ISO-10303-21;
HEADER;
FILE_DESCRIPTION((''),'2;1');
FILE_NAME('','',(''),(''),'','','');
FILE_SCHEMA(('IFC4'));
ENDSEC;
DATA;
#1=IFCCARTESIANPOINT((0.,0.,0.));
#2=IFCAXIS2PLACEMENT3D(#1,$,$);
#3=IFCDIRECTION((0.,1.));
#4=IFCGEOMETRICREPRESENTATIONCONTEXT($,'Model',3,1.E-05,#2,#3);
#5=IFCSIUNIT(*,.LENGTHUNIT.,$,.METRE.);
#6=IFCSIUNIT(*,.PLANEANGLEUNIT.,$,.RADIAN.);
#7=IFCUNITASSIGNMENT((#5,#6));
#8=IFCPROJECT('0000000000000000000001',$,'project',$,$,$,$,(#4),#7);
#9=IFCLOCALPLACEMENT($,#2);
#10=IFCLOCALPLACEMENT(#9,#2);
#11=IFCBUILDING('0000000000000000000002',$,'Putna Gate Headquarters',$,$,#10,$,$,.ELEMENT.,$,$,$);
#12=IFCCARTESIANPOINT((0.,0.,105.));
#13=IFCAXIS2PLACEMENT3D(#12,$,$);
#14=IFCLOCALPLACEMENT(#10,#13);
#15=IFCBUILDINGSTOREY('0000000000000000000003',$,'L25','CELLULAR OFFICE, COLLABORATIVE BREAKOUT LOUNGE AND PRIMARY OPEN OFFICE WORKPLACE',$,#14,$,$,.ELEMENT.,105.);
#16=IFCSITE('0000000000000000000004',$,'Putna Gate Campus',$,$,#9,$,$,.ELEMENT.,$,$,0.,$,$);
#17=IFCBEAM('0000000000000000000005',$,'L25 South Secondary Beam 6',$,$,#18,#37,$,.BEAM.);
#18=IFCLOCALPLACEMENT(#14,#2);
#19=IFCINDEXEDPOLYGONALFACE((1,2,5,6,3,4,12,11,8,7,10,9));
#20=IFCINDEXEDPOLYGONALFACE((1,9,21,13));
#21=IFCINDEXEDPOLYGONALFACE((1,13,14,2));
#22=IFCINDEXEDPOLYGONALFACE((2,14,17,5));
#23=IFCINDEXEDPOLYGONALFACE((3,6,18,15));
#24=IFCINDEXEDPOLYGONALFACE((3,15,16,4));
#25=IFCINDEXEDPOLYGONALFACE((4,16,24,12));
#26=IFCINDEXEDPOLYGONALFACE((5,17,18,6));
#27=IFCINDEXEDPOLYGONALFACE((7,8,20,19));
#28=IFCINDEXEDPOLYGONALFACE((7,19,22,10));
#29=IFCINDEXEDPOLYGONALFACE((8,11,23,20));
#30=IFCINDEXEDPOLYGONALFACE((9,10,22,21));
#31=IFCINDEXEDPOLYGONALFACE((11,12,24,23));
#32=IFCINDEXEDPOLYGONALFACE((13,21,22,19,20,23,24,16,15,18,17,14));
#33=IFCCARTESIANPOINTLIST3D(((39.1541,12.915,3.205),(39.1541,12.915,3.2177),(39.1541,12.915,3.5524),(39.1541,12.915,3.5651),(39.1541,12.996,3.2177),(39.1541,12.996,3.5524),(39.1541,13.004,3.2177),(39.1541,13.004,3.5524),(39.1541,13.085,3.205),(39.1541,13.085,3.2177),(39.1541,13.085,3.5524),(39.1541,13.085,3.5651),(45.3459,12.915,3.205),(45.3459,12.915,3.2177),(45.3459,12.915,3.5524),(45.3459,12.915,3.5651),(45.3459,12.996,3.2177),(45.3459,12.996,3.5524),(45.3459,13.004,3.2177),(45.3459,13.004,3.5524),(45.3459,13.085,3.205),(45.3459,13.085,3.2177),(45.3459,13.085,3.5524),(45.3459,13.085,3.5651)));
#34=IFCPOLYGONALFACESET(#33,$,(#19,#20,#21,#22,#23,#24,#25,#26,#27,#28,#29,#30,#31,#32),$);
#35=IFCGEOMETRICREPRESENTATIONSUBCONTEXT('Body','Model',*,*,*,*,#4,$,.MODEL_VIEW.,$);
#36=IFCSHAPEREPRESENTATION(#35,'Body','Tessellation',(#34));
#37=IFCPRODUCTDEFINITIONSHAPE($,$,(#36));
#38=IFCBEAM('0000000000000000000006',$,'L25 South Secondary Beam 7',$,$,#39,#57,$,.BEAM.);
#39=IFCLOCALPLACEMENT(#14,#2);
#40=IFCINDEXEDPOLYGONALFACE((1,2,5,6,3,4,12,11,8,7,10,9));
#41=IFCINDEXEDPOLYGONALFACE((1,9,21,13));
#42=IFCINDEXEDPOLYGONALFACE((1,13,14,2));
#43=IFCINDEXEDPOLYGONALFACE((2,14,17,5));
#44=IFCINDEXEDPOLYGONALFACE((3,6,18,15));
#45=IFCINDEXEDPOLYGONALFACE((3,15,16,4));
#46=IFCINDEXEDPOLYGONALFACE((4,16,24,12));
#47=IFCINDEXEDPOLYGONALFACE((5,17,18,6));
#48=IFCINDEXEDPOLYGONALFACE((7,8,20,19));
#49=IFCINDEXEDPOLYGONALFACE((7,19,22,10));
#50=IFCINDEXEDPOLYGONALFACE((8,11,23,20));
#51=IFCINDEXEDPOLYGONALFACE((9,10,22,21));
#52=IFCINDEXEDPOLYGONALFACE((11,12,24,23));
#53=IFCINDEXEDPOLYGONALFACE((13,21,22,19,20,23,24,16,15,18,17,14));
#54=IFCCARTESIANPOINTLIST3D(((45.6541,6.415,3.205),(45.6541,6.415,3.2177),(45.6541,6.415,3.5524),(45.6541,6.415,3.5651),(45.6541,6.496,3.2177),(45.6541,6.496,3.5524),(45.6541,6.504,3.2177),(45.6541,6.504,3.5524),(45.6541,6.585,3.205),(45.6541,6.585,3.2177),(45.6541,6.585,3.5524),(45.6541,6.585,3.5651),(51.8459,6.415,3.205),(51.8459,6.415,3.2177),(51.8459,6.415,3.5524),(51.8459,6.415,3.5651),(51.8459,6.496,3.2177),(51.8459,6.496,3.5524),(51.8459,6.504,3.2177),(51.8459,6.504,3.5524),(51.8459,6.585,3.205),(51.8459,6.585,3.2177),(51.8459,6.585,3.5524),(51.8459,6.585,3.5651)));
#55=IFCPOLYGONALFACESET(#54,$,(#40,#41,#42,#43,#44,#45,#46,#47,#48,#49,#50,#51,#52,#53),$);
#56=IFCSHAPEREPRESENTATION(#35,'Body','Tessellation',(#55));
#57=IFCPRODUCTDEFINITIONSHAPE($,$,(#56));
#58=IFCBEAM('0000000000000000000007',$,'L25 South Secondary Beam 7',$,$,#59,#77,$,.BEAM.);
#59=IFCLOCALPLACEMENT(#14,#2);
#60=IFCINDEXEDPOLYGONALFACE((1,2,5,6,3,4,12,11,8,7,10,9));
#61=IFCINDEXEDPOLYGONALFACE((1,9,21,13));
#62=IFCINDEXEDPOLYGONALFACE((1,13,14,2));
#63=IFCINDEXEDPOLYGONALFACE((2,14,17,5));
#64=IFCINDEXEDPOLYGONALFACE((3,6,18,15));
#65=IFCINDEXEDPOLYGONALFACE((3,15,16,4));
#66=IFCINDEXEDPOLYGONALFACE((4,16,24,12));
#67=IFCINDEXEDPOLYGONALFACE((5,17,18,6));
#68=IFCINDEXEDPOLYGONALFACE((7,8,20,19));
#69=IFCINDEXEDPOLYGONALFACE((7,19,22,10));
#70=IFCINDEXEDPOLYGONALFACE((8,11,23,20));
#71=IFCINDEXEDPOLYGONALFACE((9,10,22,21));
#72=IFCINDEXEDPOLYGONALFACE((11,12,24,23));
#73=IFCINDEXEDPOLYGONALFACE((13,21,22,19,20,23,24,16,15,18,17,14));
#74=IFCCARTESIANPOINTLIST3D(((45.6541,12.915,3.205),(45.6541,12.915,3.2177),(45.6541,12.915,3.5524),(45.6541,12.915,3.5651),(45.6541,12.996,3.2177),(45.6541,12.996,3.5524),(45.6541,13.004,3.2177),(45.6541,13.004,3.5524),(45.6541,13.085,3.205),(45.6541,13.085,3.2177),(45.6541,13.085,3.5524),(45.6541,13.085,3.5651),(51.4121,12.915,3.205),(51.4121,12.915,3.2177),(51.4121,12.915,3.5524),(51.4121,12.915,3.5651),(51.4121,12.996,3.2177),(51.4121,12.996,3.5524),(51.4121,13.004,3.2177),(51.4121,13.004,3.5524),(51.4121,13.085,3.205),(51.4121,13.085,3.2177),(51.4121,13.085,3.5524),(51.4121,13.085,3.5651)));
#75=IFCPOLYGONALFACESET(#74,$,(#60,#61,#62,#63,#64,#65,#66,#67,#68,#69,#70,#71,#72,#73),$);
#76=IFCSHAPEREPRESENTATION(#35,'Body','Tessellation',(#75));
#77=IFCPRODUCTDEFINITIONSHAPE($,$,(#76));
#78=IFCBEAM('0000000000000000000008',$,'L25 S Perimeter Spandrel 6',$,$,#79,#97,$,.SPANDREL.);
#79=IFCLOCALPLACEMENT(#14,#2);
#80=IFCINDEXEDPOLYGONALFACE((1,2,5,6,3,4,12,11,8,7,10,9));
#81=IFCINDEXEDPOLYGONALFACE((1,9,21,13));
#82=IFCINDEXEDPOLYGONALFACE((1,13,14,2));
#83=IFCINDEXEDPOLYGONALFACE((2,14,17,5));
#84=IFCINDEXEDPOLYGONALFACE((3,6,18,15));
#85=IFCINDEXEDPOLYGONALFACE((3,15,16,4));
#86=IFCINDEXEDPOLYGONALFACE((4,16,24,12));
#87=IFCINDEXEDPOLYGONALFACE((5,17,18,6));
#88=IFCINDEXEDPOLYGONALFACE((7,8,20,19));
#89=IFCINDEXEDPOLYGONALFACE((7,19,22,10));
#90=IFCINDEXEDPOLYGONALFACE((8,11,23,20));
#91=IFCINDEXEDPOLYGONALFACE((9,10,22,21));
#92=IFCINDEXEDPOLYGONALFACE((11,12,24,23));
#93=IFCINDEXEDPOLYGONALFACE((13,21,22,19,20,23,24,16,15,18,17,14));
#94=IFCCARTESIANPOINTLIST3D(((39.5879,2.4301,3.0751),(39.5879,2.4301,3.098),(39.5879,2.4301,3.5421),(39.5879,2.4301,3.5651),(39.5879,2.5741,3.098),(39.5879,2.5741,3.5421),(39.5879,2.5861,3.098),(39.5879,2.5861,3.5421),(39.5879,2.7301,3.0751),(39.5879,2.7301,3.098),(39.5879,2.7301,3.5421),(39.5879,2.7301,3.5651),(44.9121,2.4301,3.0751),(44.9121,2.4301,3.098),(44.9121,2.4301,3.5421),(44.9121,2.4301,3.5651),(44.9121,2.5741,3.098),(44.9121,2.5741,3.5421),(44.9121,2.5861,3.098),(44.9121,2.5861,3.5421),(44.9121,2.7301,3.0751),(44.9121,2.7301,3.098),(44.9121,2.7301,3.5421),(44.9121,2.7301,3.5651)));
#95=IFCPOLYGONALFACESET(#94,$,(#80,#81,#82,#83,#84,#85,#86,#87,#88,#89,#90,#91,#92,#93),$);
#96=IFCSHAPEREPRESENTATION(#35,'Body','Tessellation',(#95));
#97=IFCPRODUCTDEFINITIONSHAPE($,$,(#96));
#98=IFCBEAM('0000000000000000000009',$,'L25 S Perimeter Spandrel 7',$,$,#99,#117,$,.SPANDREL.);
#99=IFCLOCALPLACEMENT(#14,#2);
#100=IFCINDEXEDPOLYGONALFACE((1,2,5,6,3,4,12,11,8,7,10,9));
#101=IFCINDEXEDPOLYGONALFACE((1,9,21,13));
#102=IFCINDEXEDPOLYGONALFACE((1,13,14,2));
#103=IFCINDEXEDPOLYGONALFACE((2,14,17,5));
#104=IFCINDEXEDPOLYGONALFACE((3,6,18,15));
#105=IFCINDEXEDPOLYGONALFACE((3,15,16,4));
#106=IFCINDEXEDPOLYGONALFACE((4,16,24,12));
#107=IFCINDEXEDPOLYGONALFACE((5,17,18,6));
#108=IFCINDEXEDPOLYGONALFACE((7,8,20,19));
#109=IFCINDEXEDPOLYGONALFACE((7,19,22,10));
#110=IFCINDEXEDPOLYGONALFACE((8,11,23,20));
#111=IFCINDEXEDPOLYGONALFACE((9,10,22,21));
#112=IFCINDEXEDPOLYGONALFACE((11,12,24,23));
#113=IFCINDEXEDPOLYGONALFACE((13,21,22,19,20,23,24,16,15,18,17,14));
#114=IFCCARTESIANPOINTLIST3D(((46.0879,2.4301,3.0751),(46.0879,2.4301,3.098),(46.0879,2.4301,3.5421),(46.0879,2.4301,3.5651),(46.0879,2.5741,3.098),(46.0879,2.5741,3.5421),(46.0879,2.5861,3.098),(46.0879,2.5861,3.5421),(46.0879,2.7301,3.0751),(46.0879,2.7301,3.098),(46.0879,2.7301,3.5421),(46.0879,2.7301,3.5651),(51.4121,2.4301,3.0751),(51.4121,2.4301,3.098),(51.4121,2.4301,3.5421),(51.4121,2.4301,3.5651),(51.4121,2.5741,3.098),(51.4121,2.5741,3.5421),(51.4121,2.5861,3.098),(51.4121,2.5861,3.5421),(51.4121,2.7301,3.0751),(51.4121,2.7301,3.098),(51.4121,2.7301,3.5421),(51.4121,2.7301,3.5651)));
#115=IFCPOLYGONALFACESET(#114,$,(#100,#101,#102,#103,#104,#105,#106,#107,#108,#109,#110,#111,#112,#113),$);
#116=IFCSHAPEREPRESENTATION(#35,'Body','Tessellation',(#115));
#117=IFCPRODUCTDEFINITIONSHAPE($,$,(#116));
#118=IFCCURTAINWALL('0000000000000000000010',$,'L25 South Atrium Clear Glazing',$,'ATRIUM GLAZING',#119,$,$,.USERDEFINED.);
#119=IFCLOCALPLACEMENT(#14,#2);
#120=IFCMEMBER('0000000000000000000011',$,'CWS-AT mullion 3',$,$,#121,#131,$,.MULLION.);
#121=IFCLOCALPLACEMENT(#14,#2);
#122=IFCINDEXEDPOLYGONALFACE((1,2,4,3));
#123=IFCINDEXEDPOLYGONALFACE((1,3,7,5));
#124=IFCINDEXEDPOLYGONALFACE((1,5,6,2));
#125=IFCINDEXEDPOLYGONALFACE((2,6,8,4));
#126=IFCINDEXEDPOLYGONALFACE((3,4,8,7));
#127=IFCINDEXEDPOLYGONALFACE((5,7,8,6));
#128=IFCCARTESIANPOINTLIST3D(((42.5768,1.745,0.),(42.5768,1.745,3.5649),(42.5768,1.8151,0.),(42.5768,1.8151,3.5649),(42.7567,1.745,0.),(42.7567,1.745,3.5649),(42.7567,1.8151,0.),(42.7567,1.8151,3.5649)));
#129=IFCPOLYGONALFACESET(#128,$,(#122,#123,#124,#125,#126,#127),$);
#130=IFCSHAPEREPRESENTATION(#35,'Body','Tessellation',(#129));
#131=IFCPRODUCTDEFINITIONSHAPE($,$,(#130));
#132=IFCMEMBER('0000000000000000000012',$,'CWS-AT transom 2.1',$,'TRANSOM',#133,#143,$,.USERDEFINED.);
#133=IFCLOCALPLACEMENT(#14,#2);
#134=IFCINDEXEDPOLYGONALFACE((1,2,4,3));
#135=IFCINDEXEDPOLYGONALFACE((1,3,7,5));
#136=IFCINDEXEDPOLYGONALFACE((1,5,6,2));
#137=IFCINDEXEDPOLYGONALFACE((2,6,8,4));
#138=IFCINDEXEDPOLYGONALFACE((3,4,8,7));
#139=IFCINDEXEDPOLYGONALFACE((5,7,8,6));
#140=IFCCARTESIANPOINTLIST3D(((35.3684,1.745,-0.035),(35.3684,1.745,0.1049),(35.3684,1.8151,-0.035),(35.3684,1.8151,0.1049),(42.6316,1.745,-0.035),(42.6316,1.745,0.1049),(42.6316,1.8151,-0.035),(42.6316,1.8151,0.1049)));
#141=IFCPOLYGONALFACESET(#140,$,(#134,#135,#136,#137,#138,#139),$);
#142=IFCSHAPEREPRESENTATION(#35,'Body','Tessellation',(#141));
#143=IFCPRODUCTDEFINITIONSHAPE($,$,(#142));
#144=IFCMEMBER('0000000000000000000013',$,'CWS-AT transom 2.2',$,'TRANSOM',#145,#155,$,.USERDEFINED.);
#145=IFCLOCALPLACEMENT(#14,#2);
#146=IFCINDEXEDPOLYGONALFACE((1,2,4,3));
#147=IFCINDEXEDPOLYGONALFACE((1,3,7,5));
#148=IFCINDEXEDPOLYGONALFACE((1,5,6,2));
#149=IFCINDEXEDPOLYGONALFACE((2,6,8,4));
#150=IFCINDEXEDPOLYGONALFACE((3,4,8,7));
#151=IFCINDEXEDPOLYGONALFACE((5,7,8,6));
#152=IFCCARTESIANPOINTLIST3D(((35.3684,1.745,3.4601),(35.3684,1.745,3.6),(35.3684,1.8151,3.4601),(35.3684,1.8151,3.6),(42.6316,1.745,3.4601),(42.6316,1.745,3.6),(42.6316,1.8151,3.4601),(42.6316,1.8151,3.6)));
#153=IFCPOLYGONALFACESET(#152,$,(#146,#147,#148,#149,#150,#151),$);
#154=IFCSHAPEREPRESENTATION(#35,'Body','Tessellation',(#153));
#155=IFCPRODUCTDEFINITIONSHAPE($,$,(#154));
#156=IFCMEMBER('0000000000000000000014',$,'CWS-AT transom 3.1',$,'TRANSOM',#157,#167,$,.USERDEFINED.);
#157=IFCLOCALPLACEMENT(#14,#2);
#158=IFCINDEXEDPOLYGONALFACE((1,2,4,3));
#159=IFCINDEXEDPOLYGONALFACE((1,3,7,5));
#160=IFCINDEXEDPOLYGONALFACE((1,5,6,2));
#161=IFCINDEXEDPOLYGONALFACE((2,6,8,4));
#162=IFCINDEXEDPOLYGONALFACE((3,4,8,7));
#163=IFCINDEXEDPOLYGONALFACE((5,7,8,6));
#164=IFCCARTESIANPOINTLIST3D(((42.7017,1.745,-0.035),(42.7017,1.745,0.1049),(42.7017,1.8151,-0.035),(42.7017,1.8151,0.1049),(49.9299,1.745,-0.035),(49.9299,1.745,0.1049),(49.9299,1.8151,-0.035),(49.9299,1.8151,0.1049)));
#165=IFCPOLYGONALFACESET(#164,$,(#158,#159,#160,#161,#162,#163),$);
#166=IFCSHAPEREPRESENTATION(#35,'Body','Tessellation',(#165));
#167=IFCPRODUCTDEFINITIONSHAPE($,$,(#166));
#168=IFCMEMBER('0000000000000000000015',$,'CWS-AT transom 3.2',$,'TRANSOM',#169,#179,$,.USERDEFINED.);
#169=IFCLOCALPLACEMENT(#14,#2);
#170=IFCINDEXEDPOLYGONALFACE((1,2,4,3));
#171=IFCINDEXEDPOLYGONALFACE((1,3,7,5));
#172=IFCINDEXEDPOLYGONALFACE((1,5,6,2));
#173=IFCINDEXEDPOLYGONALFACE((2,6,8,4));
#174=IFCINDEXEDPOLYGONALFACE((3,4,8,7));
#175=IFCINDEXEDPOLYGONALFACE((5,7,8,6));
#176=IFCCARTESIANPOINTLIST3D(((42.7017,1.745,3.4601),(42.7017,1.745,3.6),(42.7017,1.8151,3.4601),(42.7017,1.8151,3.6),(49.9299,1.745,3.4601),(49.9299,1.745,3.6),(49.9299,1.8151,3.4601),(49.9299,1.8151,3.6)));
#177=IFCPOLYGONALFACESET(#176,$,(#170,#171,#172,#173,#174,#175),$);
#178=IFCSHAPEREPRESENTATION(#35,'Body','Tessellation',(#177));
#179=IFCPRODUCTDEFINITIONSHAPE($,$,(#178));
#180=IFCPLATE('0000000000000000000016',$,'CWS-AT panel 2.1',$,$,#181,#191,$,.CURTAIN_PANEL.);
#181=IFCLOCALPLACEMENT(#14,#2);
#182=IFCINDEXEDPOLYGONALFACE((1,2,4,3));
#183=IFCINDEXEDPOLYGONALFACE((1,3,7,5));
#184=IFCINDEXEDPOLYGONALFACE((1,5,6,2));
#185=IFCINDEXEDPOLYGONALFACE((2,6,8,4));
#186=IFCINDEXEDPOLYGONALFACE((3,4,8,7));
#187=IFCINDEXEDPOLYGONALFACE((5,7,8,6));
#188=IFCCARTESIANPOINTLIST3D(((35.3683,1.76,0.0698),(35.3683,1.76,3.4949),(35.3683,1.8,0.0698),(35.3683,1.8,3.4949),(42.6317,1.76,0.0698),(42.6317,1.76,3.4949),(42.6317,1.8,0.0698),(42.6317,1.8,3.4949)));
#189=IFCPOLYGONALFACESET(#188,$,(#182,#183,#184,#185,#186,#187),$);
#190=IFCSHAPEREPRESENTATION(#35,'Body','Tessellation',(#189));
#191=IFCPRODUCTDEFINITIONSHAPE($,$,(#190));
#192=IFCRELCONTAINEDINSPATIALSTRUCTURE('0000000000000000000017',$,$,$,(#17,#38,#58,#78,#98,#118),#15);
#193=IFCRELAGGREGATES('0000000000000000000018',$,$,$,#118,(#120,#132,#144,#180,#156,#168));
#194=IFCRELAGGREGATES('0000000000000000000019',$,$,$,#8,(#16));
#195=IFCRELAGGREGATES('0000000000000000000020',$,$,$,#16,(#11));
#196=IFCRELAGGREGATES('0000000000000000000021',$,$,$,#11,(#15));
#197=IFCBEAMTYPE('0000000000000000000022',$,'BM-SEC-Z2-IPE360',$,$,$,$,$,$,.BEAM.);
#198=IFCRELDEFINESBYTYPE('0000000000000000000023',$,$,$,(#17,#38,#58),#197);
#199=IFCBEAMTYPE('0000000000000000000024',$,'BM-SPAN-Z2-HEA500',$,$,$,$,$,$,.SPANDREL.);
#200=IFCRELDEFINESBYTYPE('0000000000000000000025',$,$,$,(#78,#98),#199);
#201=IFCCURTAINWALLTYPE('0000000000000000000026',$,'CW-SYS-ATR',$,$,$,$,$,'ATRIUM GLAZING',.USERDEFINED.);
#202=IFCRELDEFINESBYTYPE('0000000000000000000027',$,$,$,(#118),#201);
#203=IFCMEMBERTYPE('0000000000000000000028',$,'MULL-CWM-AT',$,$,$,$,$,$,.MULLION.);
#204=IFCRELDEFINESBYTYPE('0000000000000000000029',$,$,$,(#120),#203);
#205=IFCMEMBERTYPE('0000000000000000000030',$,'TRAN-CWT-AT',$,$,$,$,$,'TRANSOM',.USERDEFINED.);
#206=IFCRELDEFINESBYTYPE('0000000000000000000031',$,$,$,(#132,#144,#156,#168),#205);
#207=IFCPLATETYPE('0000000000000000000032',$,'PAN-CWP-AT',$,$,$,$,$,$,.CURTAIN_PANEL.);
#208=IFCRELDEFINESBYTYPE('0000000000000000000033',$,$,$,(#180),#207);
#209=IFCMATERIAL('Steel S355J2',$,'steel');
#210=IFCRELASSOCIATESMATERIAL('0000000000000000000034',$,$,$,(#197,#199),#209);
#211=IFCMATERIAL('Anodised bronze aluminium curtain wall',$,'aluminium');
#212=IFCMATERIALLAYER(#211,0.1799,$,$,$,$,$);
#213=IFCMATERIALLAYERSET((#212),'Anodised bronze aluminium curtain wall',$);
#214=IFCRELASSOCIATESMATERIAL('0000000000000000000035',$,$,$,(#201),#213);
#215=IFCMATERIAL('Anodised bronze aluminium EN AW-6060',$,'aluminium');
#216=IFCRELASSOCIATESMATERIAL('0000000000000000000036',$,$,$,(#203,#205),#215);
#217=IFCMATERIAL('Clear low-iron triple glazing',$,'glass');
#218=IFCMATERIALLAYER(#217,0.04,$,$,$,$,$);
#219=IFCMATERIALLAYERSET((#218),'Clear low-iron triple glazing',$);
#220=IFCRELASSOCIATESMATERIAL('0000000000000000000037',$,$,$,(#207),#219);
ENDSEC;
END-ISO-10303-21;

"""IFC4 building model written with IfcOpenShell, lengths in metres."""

from ifc_helpers import new_model, si_unit, direction, frame, origin, origin_2d, place, context, subcontext, project, spatial, rectangle, i_section, extrude, material, layer, layer_set, material_profile, profile_set, type_object, element, aggregate, save


model = new_model("IFC4")

# Units and contexts
model_context = context("Model", 3, precision=1e-05, world=origin(), true_north=direction((0.0, 1.0)))
body_context = subcontext(model_context, "Body", "Model", "MODEL_VIEW")
ifc_project = project(units=[si_unit("LENGTHUNIT", "METRE"), si_unit("PLANEANGLEUNIT", "RADIAN")], contexts=[model_context])

# Site, building, storey
site_placement = place(None, origin())
site = spatial("IfcSite", under=ifc_project, at=site_placement, Name="Putna Gate Campus", CompositionType="ELEMENT", RefElevation=0.0)
building_placement = place(site_placement, origin())
building = spatial("IfcBuilding", under=site, at=building_placement, Name="Putna Gate Headquarters", CompositionType="ELEMENT")
storey_placement = place(building_placement, frame((0.0, 0.0, 105.0)))
storey = spatial("IfcBuildingStorey", under=building, at=storey_placement, Name="L25", Description="CELLULAR OFFICE, COLLABORATIVE BREAKOUT LOUNGE AND PRIMARY OPEN OFFICE WORKPLACE", CompositionType="ELEMENT", Elevation=105.0)

# Beams
ifc_material_1 = material(Name="Steel S355J2", Category="steel")
ifc_material_profile_1 = material_profile(ifc_material_1, i_section(OverallWidth=0.1699, OverallDepth=0.3601, WebThickness=0.0081, FlangeThickness=0.0127, at=origin_2d()), Name="Steel S355J2")
ifc_profile_set_1 = profile_set([ifc_material_profile_1], Name="Steel S355J2")
beam_type_1 = type_object("IfcBeamType", Name="BM-SEC-Z2-IPE360", PredefinedType="BEAM", material=ifc_profile_set_1)
for number, where, z_axis, x_axis, name in (
    (1, (39.1541, 13.0, 3.385), (1.0, 0.0, 0.0), (0.0, 1.0, 0.0), "L25 South Secondary Beam 6"),
    (2, (45.6541, 6.5, 3.385), (1.0, 0.0, 0.0), (0.0, 1.0, 0.0), "L25 South Secondary Beam 7"),
):
    element("IfcBeam", number, at=place(storey_placement, frame(where, z_axis=z_axis, x_axis=x_axis)), inside=storey, type_object=beam_type_1, Name=name, PredefinedType="BEAM", context=body_context, shape_type="SweptSolid", body=[
        extrude(i_section(OverallWidth=0.1699, OverallDepth=0.3601, WebThickness=0.0081, FlangeThickness=0.0127, at=origin_2d()), origin(), (0.0, 0.0, 1.0), 6.1919),
    ])
beam_1_placement = place(storey_placement, frame((45.6541, 13.0, 3.385), z_axis=(1.0, 0.0, 0.0), x_axis=(0.0, 1.0, 0.0)))
element("IfcBeam", 3, at=beam_1_placement, inside=storey, type_object=beam_type_1, Name="L25 South Secondary Beam 7", PredefinedType="BEAM", context=body_context, shape_type="SweptSolid", body=[
    extrude(i_section(OverallWidth=0.1699, OverallDepth=0.3601, WebThickness=0.0081, FlangeThickness=0.0127, at=origin_2d()), origin(), (0.0, 0.0, 1.0), 5.7581),
])
ifc_material_profile_2 = material_profile(ifc_material_1, i_section(OverallWidth=0.3, OverallDepth=0.49, WebThickness=0.012, FlangeThickness=0.0229, at=origin_2d()), Name="Steel S355J2")
ifc_profile_set_2 = profile_set([ifc_material_profile_2], Name="Steel S355J2")
beam_type_2 = type_object("IfcBeamType", Name="BM-SPAN-Z2-HEA500", PredefinedType="SPANDREL", material=ifc_profile_set_2)
for number, where, z_axis, x_axis, name in (
    (4, (39.5879, 2.5801, 3.3201), (1.0, 0.0, 0.0), (0.0, 1.0, 0.0), "L25 S Perimeter Spandrel 6"),
    (5, (46.0879, 2.5801, 3.3201), (1.0, 0.0, 0.0), (0.0, 1.0, 0.0), "L25 S Perimeter Spandrel 7"),
):
    element("IfcBeam", number, at=place(storey_placement, frame(where, z_axis=z_axis, x_axis=x_axis)), inside=storey, type_object=beam_type_2, Name=name, PredefinedType="SPANDREL", context=body_context, shape_type="SweptSolid", body=[
        extrude(i_section(OverallWidth=0.3, OverallDepth=0.49, WebThickness=0.012, FlangeThickness=0.0229, at=origin_2d()), origin(), (0.0, 0.0, 1.0), 5.3242),
    ])

# Curtain wall, members, plate
ifc_material_2 = material(Name="Anodised bronze aluminium curtain wall", Category="aluminium")
ifc_layer_1 = layer(ifc_material_2, 0.1799)
ifc_layer_set_1 = layer_set([ifc_layer_1], Name="Anodised bronze aluminium curtain wall")
curtain_wall_type = type_object("IfcCurtainWallType", Name="CW-SYS-ATR", ElementType="ATRIUM GLAZING", PredefinedType="USERDEFINED", material=ifc_layer_set_1)
curtain_wall_placement = place(storey_placement, origin())
curtain_wall = element("IfcCurtainWall", 6, at=curtain_wall_placement, inside=storey, type_object=curtain_wall_type, Name="L25 South Atrium Clear Glazing", ObjectType="ATRIUM GLAZING", PredefinedType="USERDEFINED")
ifc_material_3 = material(Name="Anodised bronze aluminium EN AW-6060", Category="aluminium")
ifc_material_profile_3 = material_profile(ifc_material_3, rectangle(XDim=0.0701, YDim=0.1799, at=origin_2d()), Name="Anodised bronze aluminium EN AW-6060")
ifc_profile_set_3 = profile_set([ifc_material_profile_3], Name="Anodised bronze aluminium EN AW-6060")
member_type_1 = type_object("IfcMemberType", Name="MULL-CWM-AT", PredefinedType="MULLION", material=ifc_profile_set_3)
member_1_placement = place(storey_placement, frame((42.6667, 1.78, 0.0), z_axis=(0.0, 0.0, 1.0), x_axis=(0.0, 1.0, 0.0)))
member_1 = element("IfcMember", 7, at=member_1_placement, type_object=member_type_1, Name="CWS-AT mullion 3", PredefinedType="MULLION", context=body_context, shape_type="SweptSolid", body=[
    extrude(rectangle(XDim=0.0701, YDim=0.1799, at=origin_2d()), origin(), (0.0, 0.0, 1.0), 3.5649),
])
ifc_material_profile_4 = material_profile(ifc_material_3, rectangle(XDim=0.0701, YDim=0.1399, at=origin_2d()), Name="Anodised bronze aluminium EN AW-6060")
ifc_profile_set_4 = profile_set([ifc_material_profile_4], Name="Anodised bronze aluminium EN AW-6060")
member_type_2 = type_object("IfcMemberType", Name="TRAN-CWT-AT", ElementType="TRANSOM", PredefinedType="USERDEFINED", material=ifc_profile_set_4)
member_2_placement = place(storey_placement, frame((35.3684, 1.78, 0.0349), z_axis=(1.0, 0.0, 0.0), x_axis=(0.0, 1.0, 0.0)))
member_2 = element("IfcMember", 8, at=member_2_placement, type_object=member_type_2, Name="CWS-AT transom 2.1", ObjectType="TRANSOM", PredefinedType="USERDEFINED", context=body_context, shape_type="SweptSolid", body=[
    extrude(rectangle(XDim=0.0701, YDim=0.1399, at=origin_2d()), origin(), (0.0, 0.0, 1.0), 7.2632),
])
member_3_placement = place(storey_placement, frame((35.3684, 1.78, 3.53), z_axis=(1.0, 0.0, 0.0), x_axis=(0.0, 1.0, 0.0)))
member_3 = element("IfcMember", 9, at=member_3_placement, type_object=member_type_2, Name="CWS-AT transom 2.2", ObjectType="TRANSOM", PredefinedType="USERDEFINED", context=body_context, shape_type="SweptSolid", body=[
    extrude(rectangle(XDim=0.0701, YDim=0.1399, at=origin_2d()), origin(), (0.0, 0.0, 1.0), 7.2632),
])
member_4_placement = place(storey_placement, frame((42.7017, 1.78, 0.0349), z_axis=(1.0, 0.0, 0.0), x_axis=(0.0, 1.0, 0.0)))
member_4 = element("IfcMember", 10, at=member_4_placement, type_object=member_type_2, Name="CWS-AT transom 3.1", ObjectType="TRANSOM", PredefinedType="USERDEFINED", context=body_context, shape_type="SweptSolid", body=[
    extrude(rectangle(XDim=0.0701, YDim=0.1399, at=origin_2d()), origin(), (0.0, 0.0, 1.0), 7.2283),
])
member_5_placement = place(storey_placement, frame((42.7017, 1.78, 3.53), z_axis=(1.0, 0.0, 0.0), x_axis=(0.0, 1.0, 0.0)))
member_5 = element("IfcMember", 11, at=member_5_placement, type_object=member_type_2, Name="CWS-AT transom 3.2", ObjectType="TRANSOM", PredefinedType="USERDEFINED", context=body_context, shape_type="SweptSolid", body=[
    extrude(rectangle(XDim=0.0701, YDim=0.1399, at=origin_2d()), origin(), (0.0, 0.0, 1.0), 7.2283),
])
ifc_material_4 = material(Name="Clear low-iron triple glazing", Category="glass")
ifc_layer_2 = layer(ifc_material_4, 0.04)
ifc_layer_set_2 = layer_set([ifc_layer_2], Name="Clear low-iron triple glazing")
plate_type = type_object("IfcPlateType", Name="PAN-CWP-AT", PredefinedType="CURTAIN_PANEL", material=ifc_layer_set_2)
plate_1_placement = place(storey_placement, frame((39.0, 1.78, 0.0698), z_axis=(0.0, 0.0, 1.0), x_axis=(1.0, 0.0, 0.0)))
plate_1 = element("IfcPlate", 12, at=plate_1_placement, type_object=plate_type, Name="CWS-AT panel 2.1", PredefinedType="CURTAIN_PANEL", context=body_context, shape_type="SweptSolid", body=[
    extrude(rectangle(XDim=7.2634, YDim=0.04, at=origin_2d()), origin(), (0.0, 0.0, 1.0), 3.425),
])
aggregate(curtain_wall, [member_1, member_2, member_3, plate_1, member_4, member_5])

save(model, "model.ifc")
